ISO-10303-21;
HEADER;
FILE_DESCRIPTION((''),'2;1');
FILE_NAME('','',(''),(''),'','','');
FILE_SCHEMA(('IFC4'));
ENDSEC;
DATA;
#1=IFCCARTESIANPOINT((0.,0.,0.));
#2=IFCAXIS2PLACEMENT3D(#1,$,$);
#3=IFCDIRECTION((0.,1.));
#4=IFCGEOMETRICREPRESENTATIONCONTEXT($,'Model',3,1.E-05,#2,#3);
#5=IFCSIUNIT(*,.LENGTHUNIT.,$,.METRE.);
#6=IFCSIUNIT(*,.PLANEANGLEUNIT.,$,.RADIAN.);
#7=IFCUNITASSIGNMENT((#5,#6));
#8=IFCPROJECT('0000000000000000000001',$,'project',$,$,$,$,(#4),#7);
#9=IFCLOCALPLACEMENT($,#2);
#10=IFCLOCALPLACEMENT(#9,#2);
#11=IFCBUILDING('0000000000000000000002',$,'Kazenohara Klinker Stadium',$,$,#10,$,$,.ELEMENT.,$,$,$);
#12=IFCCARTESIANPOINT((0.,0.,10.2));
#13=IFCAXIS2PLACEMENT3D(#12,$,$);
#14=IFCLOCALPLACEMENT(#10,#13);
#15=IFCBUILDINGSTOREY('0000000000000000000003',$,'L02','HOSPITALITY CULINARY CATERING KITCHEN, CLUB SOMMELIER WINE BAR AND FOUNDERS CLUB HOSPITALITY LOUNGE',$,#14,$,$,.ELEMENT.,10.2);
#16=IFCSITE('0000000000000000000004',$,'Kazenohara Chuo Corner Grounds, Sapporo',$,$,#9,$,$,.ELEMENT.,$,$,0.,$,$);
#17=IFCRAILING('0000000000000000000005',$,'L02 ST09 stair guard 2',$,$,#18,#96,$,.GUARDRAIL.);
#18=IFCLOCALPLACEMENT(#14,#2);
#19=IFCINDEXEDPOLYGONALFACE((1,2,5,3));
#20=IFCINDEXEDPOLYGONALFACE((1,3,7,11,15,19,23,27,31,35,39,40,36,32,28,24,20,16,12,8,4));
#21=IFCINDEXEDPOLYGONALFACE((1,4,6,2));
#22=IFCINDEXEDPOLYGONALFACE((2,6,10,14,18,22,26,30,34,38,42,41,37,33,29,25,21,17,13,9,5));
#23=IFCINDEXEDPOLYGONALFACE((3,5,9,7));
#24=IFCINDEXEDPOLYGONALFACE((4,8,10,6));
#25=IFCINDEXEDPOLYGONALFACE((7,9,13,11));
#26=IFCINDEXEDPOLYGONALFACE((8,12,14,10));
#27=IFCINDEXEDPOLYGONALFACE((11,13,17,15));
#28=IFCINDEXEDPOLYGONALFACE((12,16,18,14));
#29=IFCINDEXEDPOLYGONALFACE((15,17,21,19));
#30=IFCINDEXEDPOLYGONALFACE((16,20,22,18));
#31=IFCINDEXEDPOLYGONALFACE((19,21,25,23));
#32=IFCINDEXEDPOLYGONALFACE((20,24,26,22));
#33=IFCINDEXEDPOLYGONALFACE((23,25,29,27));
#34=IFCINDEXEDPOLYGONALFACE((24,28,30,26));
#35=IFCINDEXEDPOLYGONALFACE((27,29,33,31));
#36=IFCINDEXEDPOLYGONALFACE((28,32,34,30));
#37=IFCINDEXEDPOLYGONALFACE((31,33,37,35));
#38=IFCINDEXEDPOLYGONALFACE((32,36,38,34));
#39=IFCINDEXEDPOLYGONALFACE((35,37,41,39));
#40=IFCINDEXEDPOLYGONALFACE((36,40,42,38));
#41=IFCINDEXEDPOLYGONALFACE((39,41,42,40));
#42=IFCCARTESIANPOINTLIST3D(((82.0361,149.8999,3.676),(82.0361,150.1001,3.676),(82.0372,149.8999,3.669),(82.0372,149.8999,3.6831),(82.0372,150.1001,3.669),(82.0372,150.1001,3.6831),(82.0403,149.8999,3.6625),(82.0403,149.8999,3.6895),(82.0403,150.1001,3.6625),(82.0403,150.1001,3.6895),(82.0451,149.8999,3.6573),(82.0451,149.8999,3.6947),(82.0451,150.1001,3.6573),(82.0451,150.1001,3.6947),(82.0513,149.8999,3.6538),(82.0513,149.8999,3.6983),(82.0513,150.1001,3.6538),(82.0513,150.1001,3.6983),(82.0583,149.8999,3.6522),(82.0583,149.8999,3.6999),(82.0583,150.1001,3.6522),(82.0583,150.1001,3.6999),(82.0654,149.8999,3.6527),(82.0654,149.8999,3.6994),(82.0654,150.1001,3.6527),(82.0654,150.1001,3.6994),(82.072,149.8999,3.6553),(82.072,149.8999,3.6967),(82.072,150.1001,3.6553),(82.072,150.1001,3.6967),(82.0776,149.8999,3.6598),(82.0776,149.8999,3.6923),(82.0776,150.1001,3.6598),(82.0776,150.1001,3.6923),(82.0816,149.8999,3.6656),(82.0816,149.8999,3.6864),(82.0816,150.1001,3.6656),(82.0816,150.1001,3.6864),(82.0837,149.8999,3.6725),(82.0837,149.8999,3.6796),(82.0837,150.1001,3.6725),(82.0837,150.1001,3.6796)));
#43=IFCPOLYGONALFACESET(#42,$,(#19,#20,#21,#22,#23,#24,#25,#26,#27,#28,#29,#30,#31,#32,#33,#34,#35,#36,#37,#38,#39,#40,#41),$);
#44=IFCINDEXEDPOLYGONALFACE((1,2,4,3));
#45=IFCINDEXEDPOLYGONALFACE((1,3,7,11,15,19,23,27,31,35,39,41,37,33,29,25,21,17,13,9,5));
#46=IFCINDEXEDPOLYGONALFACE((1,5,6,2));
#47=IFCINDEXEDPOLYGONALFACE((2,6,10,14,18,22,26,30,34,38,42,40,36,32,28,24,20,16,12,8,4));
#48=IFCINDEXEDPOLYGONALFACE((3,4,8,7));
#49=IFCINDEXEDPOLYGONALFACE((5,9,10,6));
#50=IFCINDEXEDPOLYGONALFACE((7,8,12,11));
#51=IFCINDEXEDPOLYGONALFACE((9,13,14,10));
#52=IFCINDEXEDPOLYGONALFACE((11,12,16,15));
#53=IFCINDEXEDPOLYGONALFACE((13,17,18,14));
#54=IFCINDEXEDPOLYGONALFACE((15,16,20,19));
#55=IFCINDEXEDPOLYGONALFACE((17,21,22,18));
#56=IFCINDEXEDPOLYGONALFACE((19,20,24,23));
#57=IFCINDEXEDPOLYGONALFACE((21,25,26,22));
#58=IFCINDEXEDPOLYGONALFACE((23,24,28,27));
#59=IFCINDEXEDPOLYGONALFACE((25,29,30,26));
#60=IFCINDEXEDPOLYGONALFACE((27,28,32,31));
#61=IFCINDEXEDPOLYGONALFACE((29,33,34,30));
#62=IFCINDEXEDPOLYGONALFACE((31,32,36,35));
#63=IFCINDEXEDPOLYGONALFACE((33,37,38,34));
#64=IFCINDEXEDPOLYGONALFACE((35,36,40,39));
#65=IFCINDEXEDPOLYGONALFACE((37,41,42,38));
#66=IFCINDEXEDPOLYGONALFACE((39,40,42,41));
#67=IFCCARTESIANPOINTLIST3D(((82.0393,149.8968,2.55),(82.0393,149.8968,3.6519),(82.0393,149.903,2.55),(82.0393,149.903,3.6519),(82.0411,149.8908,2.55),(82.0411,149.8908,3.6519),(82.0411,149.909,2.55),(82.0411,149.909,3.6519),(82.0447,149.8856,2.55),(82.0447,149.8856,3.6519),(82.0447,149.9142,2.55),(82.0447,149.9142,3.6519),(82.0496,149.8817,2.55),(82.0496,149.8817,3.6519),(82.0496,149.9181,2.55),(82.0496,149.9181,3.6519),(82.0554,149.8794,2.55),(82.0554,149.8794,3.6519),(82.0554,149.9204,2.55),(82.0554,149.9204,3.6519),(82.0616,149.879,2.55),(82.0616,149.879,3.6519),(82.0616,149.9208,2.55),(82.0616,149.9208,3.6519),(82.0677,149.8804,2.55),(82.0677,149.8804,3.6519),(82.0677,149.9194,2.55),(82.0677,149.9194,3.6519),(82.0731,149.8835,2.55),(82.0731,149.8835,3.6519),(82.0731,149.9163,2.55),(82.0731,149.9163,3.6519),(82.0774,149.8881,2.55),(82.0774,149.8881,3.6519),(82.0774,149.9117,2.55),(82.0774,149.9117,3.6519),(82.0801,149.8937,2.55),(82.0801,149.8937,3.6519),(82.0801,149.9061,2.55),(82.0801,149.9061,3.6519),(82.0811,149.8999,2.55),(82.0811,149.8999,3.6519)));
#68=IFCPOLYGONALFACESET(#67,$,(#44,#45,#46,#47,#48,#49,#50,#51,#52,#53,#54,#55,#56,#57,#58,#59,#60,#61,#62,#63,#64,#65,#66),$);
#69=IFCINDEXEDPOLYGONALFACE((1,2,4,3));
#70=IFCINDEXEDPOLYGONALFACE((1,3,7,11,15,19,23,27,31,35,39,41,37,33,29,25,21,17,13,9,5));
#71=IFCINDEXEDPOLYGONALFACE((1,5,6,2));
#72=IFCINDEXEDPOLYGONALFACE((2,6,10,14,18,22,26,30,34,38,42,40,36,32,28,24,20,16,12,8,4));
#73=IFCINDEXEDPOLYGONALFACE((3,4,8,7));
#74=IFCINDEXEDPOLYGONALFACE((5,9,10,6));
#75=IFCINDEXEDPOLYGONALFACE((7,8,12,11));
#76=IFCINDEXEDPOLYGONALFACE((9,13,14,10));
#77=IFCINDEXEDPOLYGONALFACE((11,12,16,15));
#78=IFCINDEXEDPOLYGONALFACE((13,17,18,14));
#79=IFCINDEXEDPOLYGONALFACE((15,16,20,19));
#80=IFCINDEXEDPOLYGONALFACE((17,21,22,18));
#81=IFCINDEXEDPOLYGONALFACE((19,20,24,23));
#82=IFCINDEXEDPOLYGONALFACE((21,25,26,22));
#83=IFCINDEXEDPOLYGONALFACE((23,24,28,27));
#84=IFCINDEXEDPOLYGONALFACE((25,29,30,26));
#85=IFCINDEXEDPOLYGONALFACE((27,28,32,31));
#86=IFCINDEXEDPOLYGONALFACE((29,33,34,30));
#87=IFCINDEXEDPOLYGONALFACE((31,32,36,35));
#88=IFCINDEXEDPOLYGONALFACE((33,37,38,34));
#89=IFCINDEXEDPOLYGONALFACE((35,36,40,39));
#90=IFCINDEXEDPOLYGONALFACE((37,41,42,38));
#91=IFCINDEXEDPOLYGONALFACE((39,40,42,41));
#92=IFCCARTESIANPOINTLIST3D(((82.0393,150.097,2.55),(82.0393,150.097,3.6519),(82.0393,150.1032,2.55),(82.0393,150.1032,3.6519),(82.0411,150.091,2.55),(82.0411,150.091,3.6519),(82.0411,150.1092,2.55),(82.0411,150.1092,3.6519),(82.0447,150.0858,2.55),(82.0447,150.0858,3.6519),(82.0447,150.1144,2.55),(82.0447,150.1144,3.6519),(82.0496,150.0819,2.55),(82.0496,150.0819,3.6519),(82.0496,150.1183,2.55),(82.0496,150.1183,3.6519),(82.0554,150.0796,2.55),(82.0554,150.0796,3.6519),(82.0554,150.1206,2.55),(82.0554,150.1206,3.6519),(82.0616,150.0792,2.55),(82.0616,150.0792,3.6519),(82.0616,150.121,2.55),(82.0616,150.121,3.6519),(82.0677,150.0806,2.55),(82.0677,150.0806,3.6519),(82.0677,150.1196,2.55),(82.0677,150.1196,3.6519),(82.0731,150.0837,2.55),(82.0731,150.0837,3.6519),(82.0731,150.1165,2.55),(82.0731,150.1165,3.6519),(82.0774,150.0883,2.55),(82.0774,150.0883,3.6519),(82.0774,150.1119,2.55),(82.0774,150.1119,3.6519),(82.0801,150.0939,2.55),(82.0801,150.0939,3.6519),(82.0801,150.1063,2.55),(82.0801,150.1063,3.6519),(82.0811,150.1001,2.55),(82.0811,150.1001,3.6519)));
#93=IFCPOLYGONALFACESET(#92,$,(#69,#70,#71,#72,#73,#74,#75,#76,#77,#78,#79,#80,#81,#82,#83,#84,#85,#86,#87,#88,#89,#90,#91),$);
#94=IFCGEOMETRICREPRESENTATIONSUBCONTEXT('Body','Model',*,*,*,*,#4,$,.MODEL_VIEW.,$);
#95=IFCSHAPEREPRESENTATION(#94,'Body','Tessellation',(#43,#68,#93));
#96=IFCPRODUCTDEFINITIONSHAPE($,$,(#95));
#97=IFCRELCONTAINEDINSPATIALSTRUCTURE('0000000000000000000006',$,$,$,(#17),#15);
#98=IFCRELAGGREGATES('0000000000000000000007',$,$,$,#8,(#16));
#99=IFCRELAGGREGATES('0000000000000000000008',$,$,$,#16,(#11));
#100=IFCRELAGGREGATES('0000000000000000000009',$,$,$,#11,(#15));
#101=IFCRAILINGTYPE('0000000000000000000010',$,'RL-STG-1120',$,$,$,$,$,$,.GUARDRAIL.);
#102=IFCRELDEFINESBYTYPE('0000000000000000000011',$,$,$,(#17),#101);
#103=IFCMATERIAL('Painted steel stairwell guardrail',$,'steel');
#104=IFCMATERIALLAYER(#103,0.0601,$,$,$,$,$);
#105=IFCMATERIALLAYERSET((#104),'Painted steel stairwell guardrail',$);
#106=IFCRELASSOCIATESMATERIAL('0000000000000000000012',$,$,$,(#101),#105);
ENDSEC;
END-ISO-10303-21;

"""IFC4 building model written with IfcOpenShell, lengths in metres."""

from ifc_helpers import new_model, si_unit, direction, frame, origin, origin_2d, place, context, subcontext, project, spatial, circle, extrude, material, layer, layer_set, type_object, element, save


model = new_model("IFC4")

# Units and contexts
model_context = context("Model", 3, precision=1e-05, world=origin(), true_north=direction((0.0, 1.0)))
body_context = subcontext(model_context, "Body", "Model", "MODEL_VIEW")
ifc_project = project(units=[si_unit("LENGTHUNIT", "METRE"), si_unit("PLANEANGLEUNIT", "RADIAN")], contexts=[model_context])

# Site, building, storey
site_placement = place(None, origin())
site = spatial("IfcSite", under=ifc_project, at=site_placement, Name="Kazenohara Chuo Corner Grounds, Sapporo", CompositionType="ELEMENT", RefElevation=0.0)
building_placement = place(site_placement, origin())
building = spatial("IfcBuilding", under=site, at=building_placement, Name="Kazenohara Klinker Stadium", CompositionType="ELEMENT")
storey_placement = place(building_placement, frame((0.0, 0.0, 10.2)))
storey = spatial("IfcBuildingStorey", under=building, at=storey_placement, Name="L02", Description="HOSPITALITY CULINARY CATERING KITCHEN, CLUB SOMMELIER WINE BAR AND FOUNDERS CLUB HOSPITALITY LOUNGE", CompositionType="ELEMENT", Elevation=10.2)

# Railing
ifc_material_1 = material(Name="Painted steel stairwell guardrail", Category="steel")
ifc_layer_1 = layer(ifc_material_1, 0.0601)
ifc_layer_set_1 = layer_set([ifc_layer_1], Name="Painted steel stairwell guardrail")
railing_type_1 = type_object("IfcRailingType", Name="RL-STG-1120", PredefinedType="GUARDRAIL", material=ifc_layer_set_1)
railing_1_placement = place(storey_placement, frame((82.0601, 149.8999, 2.55)))
element("IfcRailing", 1, at=railing_1_placement, inside=storey, type_object=railing_type_1, Name="L02 ST09 stair guard 2", PredefinedType="GUARDRAIL", context=body_context, shape_type="SweptSolid", body=[
    extrude(circle(Radius=0.0239, at=origin_2d()), frame((0.0, 0.0, 1.126), z_axis=(0.0, 1.0, 0.0), x_axis=(-1.0, 0.0, 0.0)), (0.0, 0.0, 1.0), 0.2002),
    extrude(circle(Radius=0.021, at=origin_2d()), origin(), (0.0, 0.0, 1.0), 1.1018),
    extrude(circle(Radius=0.021, at=origin_2d()), frame((0.0, 0.2002, 0.0)), (0.0, 0.0, 1.0), 1.1018),
])

save(model, "model.ifc")
